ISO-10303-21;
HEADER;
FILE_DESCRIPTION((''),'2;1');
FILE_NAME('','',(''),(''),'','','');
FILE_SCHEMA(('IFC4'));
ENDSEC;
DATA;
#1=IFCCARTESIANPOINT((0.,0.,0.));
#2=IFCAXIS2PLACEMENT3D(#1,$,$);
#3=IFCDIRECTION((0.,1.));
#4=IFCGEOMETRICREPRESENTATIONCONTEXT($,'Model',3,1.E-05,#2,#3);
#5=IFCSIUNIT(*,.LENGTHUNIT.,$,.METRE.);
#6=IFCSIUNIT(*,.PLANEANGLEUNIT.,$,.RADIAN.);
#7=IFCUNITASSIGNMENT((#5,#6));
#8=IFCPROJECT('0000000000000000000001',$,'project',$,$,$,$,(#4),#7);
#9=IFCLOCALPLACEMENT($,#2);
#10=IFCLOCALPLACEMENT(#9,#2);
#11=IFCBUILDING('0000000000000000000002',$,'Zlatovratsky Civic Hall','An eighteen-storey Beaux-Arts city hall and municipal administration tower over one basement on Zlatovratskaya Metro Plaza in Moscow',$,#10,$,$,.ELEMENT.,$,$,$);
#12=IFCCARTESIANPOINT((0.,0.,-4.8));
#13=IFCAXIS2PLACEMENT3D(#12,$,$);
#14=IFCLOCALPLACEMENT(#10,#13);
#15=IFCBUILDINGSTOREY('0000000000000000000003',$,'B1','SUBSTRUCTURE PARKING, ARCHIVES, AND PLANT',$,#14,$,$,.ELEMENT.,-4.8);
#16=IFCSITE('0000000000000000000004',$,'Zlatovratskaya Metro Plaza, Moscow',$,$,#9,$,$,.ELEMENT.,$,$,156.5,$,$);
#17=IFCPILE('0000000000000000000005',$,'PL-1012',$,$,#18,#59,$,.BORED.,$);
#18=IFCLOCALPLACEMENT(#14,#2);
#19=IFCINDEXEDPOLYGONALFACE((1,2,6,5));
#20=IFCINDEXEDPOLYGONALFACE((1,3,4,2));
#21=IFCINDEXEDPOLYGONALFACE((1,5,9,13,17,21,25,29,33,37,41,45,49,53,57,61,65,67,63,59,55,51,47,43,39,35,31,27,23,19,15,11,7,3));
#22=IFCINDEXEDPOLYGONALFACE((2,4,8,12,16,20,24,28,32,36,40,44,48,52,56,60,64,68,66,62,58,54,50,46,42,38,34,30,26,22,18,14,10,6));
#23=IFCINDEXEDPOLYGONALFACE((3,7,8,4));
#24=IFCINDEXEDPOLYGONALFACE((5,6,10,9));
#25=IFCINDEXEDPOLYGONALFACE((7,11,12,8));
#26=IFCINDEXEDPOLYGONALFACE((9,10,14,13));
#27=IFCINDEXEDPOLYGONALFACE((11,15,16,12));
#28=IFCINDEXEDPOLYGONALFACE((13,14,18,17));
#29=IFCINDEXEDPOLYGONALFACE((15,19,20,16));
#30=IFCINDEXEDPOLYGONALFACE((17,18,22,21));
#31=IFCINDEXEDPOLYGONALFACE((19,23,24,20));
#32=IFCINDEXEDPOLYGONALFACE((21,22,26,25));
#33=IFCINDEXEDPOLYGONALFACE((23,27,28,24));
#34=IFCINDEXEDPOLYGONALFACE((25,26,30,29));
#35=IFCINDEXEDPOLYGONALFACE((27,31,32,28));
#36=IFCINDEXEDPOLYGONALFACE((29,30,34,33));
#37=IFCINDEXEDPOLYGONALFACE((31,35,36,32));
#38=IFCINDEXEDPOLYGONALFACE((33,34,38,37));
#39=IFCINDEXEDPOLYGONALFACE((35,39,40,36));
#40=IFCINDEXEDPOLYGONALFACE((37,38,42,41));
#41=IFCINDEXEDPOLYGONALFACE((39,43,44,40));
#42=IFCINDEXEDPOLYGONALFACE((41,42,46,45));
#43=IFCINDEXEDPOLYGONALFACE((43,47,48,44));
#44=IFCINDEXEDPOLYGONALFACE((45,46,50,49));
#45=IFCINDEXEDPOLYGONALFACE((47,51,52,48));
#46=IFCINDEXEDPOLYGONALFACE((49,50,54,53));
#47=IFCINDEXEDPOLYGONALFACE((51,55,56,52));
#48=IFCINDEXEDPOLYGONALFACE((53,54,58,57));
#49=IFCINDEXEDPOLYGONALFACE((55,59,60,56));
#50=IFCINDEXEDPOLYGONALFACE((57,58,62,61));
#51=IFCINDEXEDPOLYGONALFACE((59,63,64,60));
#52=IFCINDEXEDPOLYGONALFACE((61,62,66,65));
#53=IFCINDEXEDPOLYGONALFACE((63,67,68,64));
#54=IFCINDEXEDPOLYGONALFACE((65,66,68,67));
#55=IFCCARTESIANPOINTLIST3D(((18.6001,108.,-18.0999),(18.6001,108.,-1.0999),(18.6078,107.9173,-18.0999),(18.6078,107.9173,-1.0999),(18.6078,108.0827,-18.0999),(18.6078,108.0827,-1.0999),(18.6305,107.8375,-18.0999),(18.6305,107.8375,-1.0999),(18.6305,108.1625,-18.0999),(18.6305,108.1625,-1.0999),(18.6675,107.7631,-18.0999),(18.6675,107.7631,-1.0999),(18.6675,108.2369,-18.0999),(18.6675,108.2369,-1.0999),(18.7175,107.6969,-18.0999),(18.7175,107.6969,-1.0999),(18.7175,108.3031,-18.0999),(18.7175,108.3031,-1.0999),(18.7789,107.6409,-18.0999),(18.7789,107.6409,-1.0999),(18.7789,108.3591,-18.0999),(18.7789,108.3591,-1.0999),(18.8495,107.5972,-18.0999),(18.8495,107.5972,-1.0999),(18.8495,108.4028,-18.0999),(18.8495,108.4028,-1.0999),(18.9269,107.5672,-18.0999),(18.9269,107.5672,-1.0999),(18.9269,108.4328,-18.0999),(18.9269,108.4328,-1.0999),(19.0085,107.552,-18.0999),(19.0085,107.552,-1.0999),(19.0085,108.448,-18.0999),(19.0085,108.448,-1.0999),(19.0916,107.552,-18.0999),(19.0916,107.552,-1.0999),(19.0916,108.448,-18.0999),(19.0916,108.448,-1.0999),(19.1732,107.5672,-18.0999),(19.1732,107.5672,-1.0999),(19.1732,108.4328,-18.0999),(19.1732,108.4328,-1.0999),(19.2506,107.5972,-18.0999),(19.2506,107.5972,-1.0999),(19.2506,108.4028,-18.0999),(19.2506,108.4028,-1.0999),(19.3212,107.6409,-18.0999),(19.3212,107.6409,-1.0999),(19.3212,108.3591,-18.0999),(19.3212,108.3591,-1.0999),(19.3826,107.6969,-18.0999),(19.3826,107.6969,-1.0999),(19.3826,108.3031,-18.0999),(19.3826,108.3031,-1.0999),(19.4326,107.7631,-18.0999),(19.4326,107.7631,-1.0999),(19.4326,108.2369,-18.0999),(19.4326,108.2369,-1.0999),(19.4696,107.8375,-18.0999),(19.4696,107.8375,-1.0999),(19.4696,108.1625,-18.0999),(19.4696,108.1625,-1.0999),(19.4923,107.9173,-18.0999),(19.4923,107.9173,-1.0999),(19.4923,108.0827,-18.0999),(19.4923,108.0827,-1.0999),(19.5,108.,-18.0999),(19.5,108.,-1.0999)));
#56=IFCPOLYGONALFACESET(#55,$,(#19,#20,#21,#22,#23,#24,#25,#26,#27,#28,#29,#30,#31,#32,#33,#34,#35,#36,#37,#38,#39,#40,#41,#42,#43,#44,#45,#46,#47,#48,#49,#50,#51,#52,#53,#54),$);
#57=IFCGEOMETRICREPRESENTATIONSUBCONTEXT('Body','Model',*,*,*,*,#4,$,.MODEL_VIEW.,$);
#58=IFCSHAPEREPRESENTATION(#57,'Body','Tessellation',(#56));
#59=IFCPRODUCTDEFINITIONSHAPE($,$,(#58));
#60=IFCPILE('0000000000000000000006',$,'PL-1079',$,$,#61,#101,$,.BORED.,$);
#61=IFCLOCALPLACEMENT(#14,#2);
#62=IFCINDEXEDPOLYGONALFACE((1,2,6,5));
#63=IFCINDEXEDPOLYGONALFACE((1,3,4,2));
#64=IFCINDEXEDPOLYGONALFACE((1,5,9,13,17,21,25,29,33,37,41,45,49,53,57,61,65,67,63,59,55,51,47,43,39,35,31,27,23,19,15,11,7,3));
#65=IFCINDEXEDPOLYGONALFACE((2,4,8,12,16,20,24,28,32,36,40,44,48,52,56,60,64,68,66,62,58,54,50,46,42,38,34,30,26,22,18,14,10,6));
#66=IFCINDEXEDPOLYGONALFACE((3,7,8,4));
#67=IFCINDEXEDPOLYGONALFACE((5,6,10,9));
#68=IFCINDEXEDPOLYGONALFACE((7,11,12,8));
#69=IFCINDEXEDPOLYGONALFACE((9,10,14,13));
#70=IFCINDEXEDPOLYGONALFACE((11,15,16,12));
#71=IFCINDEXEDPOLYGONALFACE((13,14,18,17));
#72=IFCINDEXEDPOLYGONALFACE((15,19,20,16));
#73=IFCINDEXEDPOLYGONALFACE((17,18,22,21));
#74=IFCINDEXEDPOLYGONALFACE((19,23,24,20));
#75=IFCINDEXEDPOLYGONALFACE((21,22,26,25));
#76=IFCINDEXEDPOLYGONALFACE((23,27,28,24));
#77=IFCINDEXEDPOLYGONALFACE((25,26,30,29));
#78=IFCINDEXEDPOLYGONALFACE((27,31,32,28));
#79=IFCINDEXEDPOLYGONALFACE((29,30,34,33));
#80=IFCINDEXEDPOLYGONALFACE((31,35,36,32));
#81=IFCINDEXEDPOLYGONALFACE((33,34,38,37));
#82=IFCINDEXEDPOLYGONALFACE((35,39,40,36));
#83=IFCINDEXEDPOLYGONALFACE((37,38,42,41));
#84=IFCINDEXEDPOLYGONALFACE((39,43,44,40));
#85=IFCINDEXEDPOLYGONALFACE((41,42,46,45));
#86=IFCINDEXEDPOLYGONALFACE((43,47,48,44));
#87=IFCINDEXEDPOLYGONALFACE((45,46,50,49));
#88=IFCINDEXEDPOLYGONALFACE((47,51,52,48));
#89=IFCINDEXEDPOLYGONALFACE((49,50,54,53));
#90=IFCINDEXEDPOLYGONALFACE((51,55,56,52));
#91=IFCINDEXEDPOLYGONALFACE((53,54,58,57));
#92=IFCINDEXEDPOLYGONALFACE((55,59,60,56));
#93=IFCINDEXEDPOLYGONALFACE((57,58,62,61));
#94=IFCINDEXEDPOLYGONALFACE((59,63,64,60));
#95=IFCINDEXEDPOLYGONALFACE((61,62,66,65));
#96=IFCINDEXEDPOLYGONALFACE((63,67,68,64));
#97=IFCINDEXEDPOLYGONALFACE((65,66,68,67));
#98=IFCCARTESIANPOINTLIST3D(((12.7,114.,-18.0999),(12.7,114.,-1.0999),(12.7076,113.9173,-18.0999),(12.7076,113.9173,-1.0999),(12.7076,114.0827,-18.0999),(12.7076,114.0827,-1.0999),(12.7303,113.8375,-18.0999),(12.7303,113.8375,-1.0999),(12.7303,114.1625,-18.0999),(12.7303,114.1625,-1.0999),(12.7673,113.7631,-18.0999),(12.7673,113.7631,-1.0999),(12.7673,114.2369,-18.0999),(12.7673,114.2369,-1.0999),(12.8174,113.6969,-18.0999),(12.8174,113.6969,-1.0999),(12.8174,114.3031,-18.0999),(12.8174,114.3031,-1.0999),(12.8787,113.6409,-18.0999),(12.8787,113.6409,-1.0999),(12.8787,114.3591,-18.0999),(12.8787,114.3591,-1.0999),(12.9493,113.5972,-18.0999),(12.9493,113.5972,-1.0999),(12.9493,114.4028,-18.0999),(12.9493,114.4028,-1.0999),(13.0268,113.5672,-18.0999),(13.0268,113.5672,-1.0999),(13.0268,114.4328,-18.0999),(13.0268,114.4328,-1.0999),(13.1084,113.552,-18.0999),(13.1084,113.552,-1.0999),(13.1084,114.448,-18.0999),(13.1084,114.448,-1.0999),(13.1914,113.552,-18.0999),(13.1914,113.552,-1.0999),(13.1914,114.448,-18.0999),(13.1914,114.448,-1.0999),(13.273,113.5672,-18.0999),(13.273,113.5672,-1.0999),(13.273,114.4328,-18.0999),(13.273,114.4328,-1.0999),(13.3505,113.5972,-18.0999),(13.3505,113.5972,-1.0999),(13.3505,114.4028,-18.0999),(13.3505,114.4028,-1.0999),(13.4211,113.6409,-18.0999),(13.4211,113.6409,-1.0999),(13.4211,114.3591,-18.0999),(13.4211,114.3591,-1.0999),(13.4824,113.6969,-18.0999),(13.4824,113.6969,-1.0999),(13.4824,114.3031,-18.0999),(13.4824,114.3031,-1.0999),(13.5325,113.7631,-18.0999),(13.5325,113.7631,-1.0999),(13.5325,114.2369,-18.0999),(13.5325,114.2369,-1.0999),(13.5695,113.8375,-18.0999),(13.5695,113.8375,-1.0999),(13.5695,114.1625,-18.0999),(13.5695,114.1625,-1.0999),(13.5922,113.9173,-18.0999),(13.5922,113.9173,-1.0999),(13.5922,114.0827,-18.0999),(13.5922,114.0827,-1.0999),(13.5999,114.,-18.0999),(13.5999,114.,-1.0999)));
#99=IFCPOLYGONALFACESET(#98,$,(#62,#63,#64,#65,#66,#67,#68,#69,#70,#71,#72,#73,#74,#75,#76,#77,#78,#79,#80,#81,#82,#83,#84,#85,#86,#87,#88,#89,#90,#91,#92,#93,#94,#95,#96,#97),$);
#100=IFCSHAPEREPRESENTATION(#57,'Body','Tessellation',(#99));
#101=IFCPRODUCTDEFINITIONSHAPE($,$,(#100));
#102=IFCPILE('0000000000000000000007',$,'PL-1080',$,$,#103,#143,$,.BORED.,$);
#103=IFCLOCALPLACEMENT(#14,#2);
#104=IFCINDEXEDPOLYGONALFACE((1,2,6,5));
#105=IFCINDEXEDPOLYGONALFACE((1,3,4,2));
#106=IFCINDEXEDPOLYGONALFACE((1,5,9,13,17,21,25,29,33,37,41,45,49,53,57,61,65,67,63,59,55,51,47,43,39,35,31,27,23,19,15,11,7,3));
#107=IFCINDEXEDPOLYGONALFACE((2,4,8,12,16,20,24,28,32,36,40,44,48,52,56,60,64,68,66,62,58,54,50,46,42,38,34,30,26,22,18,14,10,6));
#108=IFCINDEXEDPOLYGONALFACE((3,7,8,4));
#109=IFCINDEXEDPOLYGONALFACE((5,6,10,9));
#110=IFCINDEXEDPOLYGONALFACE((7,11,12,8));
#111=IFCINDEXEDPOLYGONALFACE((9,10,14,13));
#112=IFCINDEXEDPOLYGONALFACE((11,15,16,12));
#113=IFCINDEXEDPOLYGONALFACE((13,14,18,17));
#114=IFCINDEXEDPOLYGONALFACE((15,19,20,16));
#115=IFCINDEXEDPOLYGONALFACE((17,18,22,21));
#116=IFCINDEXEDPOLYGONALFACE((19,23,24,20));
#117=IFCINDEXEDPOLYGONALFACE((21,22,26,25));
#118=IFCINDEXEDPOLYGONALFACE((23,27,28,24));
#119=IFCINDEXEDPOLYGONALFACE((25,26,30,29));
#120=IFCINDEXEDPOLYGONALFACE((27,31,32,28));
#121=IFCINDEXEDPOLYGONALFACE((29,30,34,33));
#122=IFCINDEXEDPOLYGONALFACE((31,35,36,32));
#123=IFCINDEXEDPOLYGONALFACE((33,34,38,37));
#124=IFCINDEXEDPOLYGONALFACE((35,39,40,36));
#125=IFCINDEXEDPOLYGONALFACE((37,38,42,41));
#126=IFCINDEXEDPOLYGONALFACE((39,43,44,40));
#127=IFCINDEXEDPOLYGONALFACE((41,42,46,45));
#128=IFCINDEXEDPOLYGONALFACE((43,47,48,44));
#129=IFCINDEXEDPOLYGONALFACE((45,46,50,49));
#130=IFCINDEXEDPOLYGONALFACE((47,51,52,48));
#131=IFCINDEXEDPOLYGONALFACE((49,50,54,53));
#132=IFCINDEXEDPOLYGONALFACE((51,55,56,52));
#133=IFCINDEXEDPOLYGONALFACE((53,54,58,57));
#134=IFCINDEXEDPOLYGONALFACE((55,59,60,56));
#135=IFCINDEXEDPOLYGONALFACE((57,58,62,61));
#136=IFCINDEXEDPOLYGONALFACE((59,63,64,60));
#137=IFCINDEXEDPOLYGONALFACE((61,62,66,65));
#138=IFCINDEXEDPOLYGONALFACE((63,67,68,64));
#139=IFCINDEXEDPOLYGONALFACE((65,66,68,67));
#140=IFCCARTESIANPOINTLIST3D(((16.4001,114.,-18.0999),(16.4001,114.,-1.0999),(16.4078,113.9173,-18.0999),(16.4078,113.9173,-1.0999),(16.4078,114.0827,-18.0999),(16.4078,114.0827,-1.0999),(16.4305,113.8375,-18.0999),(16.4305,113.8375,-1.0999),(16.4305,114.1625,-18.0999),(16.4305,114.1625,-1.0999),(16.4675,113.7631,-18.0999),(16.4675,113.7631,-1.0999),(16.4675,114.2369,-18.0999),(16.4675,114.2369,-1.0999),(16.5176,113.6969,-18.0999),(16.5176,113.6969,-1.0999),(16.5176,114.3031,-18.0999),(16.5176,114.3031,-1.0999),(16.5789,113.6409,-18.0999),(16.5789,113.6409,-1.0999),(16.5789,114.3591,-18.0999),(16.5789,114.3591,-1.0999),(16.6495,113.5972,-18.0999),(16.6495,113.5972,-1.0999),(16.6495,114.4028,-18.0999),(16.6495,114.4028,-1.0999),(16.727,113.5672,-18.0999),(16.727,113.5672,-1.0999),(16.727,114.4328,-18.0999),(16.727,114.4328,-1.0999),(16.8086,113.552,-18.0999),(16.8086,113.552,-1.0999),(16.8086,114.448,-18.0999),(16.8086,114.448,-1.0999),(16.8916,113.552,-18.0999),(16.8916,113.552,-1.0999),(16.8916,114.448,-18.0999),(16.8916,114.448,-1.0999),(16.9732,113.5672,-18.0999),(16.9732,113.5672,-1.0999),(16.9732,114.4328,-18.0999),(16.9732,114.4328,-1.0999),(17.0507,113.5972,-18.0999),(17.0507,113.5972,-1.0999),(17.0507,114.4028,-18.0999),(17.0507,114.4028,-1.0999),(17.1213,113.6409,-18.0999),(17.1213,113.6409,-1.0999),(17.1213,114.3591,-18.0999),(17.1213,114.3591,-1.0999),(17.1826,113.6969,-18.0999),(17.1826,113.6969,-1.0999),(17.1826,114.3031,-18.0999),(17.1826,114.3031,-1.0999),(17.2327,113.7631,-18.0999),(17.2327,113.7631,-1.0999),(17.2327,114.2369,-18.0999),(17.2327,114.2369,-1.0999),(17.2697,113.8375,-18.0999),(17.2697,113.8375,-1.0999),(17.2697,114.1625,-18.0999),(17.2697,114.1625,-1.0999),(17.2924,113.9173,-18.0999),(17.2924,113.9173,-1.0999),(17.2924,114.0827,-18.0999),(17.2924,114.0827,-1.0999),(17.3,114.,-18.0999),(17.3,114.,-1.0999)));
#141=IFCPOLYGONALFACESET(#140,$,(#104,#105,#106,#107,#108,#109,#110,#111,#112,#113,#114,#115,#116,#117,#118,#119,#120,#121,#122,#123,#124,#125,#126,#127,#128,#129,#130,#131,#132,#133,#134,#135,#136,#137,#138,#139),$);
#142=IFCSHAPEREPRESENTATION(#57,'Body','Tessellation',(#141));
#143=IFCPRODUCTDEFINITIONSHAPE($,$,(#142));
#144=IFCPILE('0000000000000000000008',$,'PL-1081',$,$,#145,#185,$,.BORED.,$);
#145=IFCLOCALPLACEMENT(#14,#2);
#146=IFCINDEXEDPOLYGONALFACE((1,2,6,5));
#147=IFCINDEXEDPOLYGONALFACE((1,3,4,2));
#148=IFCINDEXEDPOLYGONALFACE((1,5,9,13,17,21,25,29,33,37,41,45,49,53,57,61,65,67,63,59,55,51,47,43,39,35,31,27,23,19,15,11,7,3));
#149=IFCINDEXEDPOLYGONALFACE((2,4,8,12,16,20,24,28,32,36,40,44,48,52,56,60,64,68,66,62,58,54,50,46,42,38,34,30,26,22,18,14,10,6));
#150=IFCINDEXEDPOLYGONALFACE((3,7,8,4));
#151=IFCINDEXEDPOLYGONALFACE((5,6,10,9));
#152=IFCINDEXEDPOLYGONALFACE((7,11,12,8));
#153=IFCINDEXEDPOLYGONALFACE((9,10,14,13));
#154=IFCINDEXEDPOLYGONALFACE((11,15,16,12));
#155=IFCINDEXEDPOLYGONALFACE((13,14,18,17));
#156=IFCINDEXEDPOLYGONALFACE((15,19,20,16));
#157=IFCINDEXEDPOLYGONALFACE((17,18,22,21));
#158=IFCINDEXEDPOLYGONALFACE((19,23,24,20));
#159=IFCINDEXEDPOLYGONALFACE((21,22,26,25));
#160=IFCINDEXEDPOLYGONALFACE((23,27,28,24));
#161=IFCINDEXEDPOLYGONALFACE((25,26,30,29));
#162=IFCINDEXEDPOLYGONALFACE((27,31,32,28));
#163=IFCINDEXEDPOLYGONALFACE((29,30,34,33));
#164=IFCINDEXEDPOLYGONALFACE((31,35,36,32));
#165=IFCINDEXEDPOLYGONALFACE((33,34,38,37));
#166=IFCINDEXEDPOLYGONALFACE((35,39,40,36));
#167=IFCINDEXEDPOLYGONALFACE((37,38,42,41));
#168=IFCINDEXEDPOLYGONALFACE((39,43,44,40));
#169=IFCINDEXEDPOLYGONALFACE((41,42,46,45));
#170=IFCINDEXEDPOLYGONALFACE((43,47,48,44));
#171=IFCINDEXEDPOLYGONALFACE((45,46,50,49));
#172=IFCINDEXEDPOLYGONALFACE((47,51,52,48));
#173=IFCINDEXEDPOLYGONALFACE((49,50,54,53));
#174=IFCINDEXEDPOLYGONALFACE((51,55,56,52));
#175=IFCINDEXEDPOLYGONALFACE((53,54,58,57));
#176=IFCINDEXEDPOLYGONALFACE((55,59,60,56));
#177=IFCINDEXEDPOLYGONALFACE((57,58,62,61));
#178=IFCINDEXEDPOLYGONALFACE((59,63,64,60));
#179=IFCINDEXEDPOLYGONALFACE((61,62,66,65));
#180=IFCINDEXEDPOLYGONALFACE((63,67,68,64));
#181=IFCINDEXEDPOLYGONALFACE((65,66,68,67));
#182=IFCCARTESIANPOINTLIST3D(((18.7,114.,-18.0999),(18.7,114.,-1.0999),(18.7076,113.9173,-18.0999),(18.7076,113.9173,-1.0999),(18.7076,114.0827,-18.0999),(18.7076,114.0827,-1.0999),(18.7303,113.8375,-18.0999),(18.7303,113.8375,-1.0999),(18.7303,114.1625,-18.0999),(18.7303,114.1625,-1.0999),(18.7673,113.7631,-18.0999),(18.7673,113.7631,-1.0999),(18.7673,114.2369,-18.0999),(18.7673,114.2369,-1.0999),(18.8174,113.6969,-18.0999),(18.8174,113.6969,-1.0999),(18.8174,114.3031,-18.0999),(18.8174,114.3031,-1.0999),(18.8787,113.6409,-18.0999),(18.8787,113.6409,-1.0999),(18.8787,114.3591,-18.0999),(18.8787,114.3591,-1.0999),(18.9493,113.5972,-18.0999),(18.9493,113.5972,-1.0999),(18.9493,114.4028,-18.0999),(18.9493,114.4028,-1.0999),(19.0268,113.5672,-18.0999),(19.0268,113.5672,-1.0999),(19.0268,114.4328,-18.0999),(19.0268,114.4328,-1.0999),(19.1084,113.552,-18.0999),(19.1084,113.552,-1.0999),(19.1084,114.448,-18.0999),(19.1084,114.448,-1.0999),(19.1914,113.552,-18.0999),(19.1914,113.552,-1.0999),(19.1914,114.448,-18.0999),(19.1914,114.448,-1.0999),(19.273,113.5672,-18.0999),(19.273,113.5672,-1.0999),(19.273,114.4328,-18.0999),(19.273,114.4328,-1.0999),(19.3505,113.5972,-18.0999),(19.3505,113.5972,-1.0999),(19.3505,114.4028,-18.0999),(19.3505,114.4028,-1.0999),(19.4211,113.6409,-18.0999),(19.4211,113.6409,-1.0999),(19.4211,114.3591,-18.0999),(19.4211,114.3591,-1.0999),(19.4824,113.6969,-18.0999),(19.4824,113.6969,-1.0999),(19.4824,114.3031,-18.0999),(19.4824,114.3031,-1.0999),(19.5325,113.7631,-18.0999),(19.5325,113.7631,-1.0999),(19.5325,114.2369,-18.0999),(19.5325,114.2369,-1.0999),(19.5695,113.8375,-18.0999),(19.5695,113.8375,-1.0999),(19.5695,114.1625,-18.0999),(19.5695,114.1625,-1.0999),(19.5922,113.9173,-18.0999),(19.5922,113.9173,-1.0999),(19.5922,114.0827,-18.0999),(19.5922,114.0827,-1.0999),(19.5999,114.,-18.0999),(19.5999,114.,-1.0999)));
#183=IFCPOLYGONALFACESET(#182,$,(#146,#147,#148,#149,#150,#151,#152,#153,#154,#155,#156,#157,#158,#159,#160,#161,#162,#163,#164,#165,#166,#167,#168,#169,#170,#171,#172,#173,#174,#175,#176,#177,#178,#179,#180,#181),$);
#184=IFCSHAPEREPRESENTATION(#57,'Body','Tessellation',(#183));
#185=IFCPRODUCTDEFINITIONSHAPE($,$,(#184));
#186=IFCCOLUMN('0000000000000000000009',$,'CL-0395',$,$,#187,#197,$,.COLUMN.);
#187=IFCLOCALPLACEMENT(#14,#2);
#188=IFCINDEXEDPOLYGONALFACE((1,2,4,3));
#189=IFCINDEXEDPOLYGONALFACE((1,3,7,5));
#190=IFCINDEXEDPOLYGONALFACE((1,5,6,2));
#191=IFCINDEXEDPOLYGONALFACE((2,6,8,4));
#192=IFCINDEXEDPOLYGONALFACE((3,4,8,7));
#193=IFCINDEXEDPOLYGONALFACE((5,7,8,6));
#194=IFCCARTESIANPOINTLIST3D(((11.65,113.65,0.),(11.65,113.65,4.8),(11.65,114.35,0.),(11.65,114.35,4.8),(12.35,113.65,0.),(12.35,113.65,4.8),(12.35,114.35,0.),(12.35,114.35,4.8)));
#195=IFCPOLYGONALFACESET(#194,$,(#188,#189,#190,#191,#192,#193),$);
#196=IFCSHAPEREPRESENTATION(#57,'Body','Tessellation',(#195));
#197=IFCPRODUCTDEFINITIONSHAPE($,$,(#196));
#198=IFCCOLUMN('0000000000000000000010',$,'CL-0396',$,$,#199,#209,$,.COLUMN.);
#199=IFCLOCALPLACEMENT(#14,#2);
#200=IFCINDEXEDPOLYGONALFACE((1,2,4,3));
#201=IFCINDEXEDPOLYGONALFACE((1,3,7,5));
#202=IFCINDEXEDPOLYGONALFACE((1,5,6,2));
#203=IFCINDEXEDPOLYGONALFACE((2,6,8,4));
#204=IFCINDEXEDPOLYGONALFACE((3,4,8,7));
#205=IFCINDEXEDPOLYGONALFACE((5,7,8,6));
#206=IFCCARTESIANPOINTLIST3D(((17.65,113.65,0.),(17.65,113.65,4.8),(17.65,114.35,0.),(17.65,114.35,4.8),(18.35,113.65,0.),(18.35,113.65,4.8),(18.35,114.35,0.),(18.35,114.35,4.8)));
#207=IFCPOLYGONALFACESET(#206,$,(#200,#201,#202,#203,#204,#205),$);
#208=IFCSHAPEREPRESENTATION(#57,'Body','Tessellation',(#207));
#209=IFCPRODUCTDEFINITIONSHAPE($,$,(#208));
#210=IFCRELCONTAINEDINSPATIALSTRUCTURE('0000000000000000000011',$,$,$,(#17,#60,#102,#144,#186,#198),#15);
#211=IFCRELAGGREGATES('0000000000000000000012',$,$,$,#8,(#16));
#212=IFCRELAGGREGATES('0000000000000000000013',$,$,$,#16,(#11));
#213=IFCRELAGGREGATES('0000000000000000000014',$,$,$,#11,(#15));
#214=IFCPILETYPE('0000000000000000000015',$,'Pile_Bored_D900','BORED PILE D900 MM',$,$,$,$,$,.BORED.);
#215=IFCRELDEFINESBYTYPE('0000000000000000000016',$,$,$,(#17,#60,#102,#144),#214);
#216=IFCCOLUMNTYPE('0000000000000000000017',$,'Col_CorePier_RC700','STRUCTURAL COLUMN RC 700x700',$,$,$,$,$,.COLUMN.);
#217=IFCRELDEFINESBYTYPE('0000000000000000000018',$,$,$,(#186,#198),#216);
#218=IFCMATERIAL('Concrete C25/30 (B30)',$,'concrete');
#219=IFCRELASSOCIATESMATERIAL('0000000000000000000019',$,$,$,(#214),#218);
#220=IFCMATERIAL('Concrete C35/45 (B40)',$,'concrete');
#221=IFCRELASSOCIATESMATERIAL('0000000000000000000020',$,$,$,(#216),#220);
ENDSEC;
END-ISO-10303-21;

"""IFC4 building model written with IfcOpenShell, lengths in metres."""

from ifc_helpers import new_model, si_unit, direction, frame, origin, origin_2d, place, context, subcontext, project, spatial, rectangle, circle, extrude, material, material_profile, profile_set, type_object, element, save


model = new_model("IFC4")

# Units and contexts
model_context = context("Model", 3, precision=1e-05, world=origin(), true_north=direction((0.0, 1.0)))
body_context = subcontext(model_context, "Body", "Model", "MODEL_VIEW")
ifc_project = project(units=[si_unit("LENGTHUNIT", "METRE"), si_unit("PLANEANGLEUNIT", "RADIAN")], contexts=[model_context])

# Site, building, storey
site_placement = place(None, origin())
site = spatial("IfcSite", under=ifc_project, at=site_placement, Name="Zlatovratskaya Metro Plaza, Moscow", CompositionType="ELEMENT", RefElevation=156.5)
building_placement = place(site_placement, origin())
building = spatial("IfcBuilding", under=site, at=building_placement, Name="Zlatovratsky Civic Hall", Description="An eighteen-storey Beaux-Arts city hall and municipal administration tower over one basement on Zlatovratskaya Metro Plaza in Moscow", CompositionType="ELEMENT")
storey_placement = place(building_placement, frame((0.0, 0.0, -4.8)))
storey = spatial("IfcBuildingStorey", under=building, at=storey_placement, Name="B1", Description="SUBSTRUCTURE PARKING, ARCHIVES, AND PLANT", CompositionType="ELEMENT", Elevation=-4.8)

# Shared definitions
ifc_material_1 = material(Name="Concrete C25/30 (B30)", Category="concrete")

# Piles
ifc_material_profile_1 = material_profile(ifc_material_1, circle(Radius=0.45, at=origin_2d()), Name="PILE D900")
ifc_profile_set_1 = profile_set([ifc_material_profile_1], Name="Concrete C25/30 (B30)")
pile_type_1 = type_object("IfcPileType", Name="Pile_Bored_D900", Description="BORED PILE D900 MM", PredefinedType="BORED", material=ifc_profile_set_1)
for number, where, z_axis, x_axis, name in (
    (1, (19.05, 108.0, -1.0999), (0.0, 0.0, -1.0), (1.0, 0.0, 0.0), "PL-1012"),
    (2, (13.1499, 114.0, -1.0999), (0.0, 0.0, -1.0), (1.0, 0.0, 0.0), "PL-1079"),
    (3, (16.8501, 114.0, -1.0999), (0.0, 0.0, -1.0), (1.0, 0.0, 0.0), "PL-1080"),
    (4, (19.1499, 114.0, -1.0999), (0.0, 0.0, -1.0), (1.0, 0.0, 0.0), "PL-1081"),
):
    element("IfcPile", number, at=place(storey_placement, frame(where, z_axis=z_axis, x_axis=x_axis)), inside=storey, type_object=pile_type_1, Name=name, PredefinedType="BORED", context=body_context, shape_type="SweptSolid", body=[
        extrude(circle(Radius=0.45, at=origin_2d()), origin(), (0.0, 0.0, 1.0), 17.0),
    ])

# Columns
ifc_material_2 = material(Name="Concrete C35/45 (B40)", Category="concrete")
ifc_material_profile_2 = material_profile(ifc_material_2, rectangle(XDim=0.7, YDim=0.7, at=origin_2d()), Name="RC 700x700")
ifc_profile_set_2 = profile_set([ifc_material_profile_2], Name="Concrete C35/45 (B40)")
column_type_1 = type_object("IfcColumnType", Name="Col_CorePier_RC700", Description="STRUCTURAL COLUMN RC 700x700", PredefinedType="COLUMN", material=ifc_profile_set_2)
for number, where, z_axis, x_axis, name in (
    (5, (12.0, 114.0, 0.0), (0.0, 0.0, 1.0), (1.0, 0.0, 0.0), "CL-0395"),
    (6, (18.0, 114.0, 0.0), (0.0, 0.0, 1.0), (1.0, 0.0, 0.0), "CL-0396"),
):
    element("IfcColumn", number, at=place(storey_placement, frame(where, z_axis=z_axis, x_axis=x_axis)), inside=storey, type_object=column_type_1, Name=name, PredefinedType="COLUMN", context=body_context, shape_type="SweptSolid", body=[
        extrude(rectangle(XDim=0.7, YDim=0.7, at=origin_2d()), origin(), (0.0, 0.0, 1.0), 4.8),
    ])

save(model, "model.ifc")
